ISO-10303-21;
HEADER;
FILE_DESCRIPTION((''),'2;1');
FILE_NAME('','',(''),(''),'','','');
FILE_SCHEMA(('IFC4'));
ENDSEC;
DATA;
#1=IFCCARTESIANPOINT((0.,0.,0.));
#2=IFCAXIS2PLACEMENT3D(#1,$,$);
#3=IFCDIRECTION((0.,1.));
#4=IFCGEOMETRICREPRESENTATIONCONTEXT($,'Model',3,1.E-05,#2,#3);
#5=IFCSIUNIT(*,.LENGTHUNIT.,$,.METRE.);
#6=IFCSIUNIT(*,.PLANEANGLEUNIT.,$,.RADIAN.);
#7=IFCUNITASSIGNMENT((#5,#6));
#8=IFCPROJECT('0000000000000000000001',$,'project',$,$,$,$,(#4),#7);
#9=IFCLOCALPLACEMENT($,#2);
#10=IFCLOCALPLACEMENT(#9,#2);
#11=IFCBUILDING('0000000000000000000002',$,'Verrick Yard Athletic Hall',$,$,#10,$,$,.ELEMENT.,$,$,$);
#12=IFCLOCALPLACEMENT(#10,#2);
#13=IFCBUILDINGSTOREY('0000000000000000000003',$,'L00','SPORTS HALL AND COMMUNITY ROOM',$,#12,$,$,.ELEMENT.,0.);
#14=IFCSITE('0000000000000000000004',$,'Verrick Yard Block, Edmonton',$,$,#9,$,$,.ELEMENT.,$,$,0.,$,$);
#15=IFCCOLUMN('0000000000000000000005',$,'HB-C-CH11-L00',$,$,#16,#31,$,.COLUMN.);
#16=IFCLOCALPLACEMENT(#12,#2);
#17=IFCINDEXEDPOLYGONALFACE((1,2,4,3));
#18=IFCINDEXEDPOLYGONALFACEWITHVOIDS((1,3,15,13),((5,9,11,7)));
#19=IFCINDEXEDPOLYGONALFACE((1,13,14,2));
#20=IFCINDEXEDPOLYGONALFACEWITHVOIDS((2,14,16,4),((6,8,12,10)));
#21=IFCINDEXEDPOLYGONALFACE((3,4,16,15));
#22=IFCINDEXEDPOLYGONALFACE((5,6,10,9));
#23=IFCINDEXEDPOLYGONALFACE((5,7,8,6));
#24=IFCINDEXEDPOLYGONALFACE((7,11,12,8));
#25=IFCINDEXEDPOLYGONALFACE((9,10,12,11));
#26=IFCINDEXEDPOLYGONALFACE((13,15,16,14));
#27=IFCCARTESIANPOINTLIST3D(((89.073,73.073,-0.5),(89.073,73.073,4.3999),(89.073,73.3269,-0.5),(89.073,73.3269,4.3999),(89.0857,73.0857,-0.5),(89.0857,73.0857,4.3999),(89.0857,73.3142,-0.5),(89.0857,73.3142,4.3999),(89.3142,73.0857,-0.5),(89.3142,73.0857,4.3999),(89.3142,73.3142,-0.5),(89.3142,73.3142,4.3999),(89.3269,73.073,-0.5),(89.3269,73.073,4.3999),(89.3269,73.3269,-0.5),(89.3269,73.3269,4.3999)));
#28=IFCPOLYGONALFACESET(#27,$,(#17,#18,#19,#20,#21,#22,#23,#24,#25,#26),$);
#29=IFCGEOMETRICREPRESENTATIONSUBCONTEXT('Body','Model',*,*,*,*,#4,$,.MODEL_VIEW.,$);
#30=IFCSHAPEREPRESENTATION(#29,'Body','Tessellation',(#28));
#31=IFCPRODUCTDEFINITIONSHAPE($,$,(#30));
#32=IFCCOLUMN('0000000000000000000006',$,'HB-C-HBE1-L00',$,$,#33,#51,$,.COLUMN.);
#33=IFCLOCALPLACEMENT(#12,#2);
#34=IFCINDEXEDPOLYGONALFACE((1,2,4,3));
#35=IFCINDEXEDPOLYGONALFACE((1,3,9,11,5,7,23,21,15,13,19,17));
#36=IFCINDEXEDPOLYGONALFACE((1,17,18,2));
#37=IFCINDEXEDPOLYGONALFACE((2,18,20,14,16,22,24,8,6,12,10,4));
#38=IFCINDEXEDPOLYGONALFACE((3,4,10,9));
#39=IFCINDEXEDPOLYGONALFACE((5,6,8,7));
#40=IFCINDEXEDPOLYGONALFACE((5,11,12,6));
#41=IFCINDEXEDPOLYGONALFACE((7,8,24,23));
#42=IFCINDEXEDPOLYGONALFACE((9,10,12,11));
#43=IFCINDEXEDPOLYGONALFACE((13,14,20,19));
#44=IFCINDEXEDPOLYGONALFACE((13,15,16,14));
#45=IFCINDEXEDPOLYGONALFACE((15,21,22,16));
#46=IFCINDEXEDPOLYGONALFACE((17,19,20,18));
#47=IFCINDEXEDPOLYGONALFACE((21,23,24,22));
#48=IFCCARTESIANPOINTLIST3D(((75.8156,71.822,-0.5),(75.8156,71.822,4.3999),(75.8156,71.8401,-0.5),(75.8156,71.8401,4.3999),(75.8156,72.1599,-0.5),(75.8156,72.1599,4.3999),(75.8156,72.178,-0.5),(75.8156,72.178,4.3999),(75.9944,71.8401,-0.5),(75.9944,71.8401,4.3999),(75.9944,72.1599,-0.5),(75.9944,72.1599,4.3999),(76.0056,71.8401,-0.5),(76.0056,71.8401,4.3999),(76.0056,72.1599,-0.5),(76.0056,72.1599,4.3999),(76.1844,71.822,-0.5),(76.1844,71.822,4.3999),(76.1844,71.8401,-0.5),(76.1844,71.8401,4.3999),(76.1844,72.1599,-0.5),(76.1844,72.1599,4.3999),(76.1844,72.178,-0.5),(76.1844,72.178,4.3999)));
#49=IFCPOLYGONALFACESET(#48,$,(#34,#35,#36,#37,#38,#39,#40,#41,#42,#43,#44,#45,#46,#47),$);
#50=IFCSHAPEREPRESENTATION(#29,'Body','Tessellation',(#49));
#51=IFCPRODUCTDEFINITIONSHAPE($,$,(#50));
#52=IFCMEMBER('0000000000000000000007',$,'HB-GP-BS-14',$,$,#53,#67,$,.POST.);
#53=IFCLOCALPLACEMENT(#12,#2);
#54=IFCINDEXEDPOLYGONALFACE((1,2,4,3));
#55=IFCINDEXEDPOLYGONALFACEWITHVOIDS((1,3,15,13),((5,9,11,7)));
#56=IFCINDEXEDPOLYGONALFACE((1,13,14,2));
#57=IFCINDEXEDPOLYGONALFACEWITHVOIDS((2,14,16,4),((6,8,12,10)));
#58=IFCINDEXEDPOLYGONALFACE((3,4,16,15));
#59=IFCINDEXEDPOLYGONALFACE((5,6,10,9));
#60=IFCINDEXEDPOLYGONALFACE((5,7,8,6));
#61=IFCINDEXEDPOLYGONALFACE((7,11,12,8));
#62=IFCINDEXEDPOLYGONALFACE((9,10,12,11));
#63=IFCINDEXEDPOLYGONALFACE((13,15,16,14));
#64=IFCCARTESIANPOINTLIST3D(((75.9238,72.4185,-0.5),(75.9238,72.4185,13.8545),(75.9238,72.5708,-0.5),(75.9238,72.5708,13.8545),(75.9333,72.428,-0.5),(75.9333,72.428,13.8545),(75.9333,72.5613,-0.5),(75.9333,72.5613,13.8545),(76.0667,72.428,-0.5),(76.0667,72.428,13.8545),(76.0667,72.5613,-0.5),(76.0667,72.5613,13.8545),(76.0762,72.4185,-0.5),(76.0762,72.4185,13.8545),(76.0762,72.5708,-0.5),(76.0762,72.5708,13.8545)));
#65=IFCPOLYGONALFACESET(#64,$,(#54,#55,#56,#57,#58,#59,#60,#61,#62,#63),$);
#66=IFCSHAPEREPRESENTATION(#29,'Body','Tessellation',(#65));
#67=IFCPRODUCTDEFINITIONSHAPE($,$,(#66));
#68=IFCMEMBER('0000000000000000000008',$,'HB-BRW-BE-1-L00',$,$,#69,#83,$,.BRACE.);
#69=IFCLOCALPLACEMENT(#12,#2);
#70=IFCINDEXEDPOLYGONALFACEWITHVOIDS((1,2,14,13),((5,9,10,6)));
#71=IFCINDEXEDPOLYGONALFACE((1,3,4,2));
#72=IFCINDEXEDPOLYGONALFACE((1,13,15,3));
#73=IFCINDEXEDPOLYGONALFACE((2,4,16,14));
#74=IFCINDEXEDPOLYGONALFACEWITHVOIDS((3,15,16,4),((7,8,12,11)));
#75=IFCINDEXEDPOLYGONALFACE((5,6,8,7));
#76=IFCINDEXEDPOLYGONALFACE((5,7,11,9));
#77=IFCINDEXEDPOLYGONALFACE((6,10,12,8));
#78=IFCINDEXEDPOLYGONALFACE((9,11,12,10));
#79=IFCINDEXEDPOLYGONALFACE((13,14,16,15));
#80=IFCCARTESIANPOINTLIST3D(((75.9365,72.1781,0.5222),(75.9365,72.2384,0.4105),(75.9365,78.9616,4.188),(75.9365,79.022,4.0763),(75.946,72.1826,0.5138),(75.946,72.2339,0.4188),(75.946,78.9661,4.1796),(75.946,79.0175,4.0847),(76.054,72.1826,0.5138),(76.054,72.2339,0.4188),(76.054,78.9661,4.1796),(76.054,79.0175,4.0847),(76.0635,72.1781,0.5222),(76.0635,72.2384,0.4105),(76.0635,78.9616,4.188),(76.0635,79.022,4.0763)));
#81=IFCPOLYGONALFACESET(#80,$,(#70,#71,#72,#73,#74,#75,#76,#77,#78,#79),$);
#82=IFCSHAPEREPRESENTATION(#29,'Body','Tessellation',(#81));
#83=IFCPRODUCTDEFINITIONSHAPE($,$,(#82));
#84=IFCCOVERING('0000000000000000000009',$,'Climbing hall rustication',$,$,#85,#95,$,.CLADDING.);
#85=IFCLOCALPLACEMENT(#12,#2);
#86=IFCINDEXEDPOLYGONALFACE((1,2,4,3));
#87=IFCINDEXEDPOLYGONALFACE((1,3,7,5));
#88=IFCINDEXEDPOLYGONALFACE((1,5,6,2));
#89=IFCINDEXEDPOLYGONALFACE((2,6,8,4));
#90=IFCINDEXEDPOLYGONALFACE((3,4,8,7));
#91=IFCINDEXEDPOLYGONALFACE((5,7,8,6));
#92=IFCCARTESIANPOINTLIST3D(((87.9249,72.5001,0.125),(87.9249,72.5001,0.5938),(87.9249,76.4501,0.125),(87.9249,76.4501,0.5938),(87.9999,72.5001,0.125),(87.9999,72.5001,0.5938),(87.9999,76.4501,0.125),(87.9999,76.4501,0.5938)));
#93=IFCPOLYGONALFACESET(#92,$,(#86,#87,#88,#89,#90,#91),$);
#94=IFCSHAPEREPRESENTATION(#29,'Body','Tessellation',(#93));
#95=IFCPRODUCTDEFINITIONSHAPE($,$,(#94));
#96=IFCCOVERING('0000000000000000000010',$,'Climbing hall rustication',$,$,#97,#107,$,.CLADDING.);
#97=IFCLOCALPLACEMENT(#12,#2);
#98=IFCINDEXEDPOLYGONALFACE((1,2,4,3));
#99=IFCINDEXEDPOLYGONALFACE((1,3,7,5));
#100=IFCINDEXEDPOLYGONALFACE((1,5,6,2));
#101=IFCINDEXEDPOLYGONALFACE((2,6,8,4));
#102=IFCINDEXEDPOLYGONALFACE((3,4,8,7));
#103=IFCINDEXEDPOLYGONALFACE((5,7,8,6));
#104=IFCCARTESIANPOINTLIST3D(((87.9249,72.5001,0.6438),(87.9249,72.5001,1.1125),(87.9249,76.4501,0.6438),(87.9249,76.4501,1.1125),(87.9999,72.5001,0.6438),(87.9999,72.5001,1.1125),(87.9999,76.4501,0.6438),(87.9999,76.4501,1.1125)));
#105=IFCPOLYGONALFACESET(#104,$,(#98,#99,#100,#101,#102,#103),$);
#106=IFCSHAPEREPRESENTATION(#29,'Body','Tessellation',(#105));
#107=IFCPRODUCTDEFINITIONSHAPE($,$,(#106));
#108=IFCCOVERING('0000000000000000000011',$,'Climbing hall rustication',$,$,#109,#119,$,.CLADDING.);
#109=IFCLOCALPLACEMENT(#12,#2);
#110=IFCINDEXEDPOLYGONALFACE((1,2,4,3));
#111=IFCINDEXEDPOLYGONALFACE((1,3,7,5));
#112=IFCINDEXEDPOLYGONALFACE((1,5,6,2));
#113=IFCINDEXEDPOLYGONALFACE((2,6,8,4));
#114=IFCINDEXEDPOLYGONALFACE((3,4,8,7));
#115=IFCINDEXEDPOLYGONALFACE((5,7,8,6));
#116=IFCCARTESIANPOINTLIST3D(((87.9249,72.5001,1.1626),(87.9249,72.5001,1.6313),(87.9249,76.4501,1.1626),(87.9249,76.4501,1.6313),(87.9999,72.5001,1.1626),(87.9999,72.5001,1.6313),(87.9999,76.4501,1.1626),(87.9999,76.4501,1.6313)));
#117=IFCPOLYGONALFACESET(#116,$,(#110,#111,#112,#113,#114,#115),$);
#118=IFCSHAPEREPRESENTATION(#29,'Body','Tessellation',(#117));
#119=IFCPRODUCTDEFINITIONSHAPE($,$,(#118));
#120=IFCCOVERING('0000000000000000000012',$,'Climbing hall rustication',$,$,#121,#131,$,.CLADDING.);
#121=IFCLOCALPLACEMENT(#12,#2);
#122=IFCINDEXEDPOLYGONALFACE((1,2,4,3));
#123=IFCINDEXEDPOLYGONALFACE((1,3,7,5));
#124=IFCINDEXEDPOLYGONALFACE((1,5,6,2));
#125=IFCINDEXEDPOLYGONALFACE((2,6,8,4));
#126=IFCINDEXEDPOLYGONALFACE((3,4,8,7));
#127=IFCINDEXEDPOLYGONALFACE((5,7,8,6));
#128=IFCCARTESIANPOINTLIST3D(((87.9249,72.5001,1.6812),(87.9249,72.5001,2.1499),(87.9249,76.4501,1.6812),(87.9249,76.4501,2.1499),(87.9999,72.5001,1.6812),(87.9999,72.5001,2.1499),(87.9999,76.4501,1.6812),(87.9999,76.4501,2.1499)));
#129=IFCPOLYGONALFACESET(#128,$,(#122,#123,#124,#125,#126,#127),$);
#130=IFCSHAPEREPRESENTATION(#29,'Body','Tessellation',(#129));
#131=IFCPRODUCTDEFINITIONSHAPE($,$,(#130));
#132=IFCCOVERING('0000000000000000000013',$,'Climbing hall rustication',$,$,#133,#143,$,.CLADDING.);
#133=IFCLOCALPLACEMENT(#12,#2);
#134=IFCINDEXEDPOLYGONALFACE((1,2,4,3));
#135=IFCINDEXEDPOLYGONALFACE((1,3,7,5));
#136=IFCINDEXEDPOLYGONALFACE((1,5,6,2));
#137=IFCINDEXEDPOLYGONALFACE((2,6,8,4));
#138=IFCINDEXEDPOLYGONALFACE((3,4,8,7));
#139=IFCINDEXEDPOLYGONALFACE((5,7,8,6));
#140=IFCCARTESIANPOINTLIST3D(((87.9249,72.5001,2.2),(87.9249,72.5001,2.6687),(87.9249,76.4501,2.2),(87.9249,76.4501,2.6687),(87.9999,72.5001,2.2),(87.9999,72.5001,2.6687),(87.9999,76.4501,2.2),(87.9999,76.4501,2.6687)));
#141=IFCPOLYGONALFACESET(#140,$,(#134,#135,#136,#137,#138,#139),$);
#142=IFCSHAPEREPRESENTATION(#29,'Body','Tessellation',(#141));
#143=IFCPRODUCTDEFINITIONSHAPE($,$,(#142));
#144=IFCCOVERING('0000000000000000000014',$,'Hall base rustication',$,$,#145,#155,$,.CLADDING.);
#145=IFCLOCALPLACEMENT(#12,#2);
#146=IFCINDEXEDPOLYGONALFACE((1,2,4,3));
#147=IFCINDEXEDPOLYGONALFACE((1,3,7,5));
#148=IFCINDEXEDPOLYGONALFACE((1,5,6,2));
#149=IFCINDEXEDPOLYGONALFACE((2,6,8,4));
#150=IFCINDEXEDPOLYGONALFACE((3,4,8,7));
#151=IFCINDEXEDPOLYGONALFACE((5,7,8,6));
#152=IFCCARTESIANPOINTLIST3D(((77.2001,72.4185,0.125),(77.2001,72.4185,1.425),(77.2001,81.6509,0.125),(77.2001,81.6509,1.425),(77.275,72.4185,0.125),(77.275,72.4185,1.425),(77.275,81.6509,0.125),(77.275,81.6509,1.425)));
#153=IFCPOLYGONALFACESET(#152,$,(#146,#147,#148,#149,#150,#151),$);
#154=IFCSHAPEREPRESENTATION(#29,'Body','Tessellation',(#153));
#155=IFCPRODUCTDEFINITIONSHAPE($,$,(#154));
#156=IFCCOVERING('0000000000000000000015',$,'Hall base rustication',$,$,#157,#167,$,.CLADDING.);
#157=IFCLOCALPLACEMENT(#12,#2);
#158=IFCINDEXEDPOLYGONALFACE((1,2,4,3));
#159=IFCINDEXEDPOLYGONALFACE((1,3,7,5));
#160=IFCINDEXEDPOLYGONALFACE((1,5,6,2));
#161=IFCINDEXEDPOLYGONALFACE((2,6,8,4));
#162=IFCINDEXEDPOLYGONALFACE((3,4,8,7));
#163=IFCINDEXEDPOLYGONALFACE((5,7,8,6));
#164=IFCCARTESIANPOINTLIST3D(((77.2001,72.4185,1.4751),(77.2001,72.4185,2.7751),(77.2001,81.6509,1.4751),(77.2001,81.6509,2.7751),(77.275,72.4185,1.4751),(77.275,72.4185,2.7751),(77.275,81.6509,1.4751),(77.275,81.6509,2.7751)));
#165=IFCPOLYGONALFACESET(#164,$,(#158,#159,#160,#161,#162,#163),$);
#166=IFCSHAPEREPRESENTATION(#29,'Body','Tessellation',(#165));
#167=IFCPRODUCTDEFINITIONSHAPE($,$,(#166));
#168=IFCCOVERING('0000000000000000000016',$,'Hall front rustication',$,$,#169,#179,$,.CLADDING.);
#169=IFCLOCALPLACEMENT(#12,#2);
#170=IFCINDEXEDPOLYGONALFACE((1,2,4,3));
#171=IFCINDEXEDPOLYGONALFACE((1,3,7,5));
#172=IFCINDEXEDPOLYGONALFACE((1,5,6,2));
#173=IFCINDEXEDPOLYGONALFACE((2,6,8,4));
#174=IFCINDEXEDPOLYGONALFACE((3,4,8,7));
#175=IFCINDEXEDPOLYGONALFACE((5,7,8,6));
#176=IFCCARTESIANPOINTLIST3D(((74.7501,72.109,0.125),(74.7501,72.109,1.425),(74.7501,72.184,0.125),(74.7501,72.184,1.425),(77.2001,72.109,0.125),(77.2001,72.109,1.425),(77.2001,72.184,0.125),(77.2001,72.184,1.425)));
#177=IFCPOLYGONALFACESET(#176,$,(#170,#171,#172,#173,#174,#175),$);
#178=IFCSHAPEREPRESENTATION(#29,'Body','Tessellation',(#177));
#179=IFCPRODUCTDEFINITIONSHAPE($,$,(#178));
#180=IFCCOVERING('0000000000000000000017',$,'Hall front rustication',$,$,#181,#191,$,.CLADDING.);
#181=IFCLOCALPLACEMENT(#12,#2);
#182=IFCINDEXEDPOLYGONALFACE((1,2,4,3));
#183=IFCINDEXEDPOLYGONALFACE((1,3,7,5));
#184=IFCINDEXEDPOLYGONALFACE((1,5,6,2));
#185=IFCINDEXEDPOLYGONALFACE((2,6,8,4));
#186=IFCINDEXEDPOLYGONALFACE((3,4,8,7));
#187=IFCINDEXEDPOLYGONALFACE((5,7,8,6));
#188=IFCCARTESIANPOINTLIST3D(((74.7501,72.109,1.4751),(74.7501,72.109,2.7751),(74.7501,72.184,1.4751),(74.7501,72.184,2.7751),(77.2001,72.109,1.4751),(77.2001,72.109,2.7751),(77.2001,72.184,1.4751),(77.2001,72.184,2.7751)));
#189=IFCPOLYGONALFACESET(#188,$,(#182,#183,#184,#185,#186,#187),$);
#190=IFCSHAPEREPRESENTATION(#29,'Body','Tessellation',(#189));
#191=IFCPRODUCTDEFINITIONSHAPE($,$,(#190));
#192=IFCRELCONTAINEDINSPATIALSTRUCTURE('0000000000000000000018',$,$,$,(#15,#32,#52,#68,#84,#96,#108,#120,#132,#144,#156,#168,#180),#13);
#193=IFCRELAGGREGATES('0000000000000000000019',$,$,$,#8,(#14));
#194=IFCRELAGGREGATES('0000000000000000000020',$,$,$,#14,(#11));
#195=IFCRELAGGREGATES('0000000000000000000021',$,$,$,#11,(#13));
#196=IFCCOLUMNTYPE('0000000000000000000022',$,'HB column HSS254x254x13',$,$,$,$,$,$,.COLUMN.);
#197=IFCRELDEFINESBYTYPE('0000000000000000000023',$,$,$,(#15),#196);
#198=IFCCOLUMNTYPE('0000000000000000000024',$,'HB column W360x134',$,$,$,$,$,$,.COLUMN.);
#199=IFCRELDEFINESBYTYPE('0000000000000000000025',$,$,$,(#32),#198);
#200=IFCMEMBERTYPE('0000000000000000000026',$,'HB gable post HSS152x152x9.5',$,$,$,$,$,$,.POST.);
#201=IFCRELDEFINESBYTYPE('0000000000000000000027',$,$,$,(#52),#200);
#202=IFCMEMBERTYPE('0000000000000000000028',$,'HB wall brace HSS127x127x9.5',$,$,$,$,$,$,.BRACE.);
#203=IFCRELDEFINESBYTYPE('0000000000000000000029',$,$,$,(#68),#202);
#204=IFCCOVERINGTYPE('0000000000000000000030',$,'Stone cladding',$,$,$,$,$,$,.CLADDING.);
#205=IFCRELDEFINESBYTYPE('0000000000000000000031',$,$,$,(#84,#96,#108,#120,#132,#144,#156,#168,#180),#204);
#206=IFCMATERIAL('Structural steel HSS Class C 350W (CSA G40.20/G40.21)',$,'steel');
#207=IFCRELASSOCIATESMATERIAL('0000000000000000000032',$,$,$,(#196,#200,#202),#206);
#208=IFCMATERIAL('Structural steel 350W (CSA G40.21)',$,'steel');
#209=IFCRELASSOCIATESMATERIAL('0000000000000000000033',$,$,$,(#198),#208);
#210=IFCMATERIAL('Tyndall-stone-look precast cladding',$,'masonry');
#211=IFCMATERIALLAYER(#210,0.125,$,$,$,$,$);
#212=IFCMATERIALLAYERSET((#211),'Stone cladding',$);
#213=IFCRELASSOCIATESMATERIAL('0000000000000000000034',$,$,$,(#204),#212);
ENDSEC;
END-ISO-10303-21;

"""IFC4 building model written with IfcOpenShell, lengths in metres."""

from ifc_helpers import new_model, si_unit, direction, frame, origin, origin_2d, place, context, subcontext, project, spatial, rectangle, hollow_rectangle, i_section, extrude, material, layer, layer_set, material_profile, profile_set, type_object, element, save


model = new_model("IFC4")

# Units and contexts
model_context = context("Model", 3, precision=1e-05, world=origin(), true_north=direction((0.0, 1.0)))
body_context = subcontext(model_context, "Body", "Model", "MODEL_VIEW")
ifc_project = project(units=[si_unit("LENGTHUNIT", "METRE"), si_unit("PLANEANGLEUNIT", "RADIAN")], contexts=[model_context])

# Site, building, storey
site_placement = place(None, origin())
site = spatial("IfcSite", under=ifc_project, at=site_placement, Name="Verrick Yard Block, Edmonton", CompositionType="ELEMENT", RefElevation=0.0)
building_placement = place(site_placement, origin())
building = spatial("IfcBuilding", under=site, at=building_placement, Name="Verrick Yard Athletic Hall", CompositionType="ELEMENT")
storey_placement = place(building_placement, origin())
storey = spatial("IfcBuildingStorey", under=building, at=storey_placement, Name="L00", Description="SPORTS HALL AND COMMUNITY ROOM", CompositionType="ELEMENT", Elevation=0.0)

# Columns
ifc_material_1 = material(Name="Structural steel HSS Class C 350W (CSA G40.20/G40.21)", Category="steel")
ifc_material_profile_1 = material_profile(ifc_material_1, hollow_rectangle(XDim=0.2539, YDim=0.2539, WallThickness=0.0127, at=origin_2d()), Name="HSS254x254x13")
ifc_profile_set_1 = profile_set([ifc_material_profile_1], Name="Structural steel HSS Class C 350W (CSA G40.20/G40.21)")
column_type_1 = type_object("IfcColumnType", Name="HB column HSS254x254x13", PredefinedType="COLUMN", material=ifc_profile_set_1)
column_1_placement = place(storey_placement, frame((89.2, 73.2, -0.5), z_axis=(0.0, 0.0, 1.0), x_axis=(1.0, 0.0, 0.0)))
element("IfcColumn", 1, at=column_1_placement, inside=storey, type_object=column_type_1, Name="HB-C-CH11-L00", PredefinedType="COLUMN", context=body_context, shape_type="SweptSolid", body=[
    extrude(hollow_rectangle(XDim=0.2539, YDim=0.2539, WallThickness=0.0127, at=origin_2d()), origin(), (0.0, 0.0, 1.0), 4.8999),
])
ifc_material_2 = material(Name="Structural steel 350W (CSA G40.21)", Category="steel")
ifc_material_profile_2 = material_profile(ifc_material_2, i_section(OverallWidth=0.3689, OverallDepth=0.356, WebThickness=0.0112, FlangeThickness=0.0181, at=origin_2d()), Name="W360x134")
ifc_profile_set_2 = profile_set([ifc_material_profile_2], Name="Structural steel 350W (CSA G40.21)")
column_type_2 = type_object("IfcColumnType", Name="HB column W360x134", PredefinedType="COLUMN", material=ifc_profile_set_2)
column_2_placement = place(storey_placement, frame((76.0, 72.0, -0.5), z_axis=(0.0, 0.0, 1.0), x_axis=(1.0, 0.0, 0.0)))
element("IfcColumn", 2, at=column_2_placement, inside=storey, type_object=column_type_2, Name="HB-C-HBE1-L00", PredefinedType="COLUMN", context=body_context, shape_type="SweptSolid", body=[
    extrude(i_section(OverallWidth=0.3689, OverallDepth=0.356, WebThickness=0.0112, FlangeThickness=0.0181, at=origin_2d()), origin(), (0.0, 0.0, 1.0), 4.8999),
])

# Members
ifc_material_profile_3 = material_profile(ifc_material_1, hollow_rectangle(XDim=0.1523, YDim=0.1523, WallThickness=0.0095, at=origin_2d()), Name="HSS152x152x9.5")
ifc_profile_set_3 = profile_set([ifc_material_profile_3], Name="Structural steel HSS Class C 350W (CSA G40.20/G40.21)")
member_type_1 = type_object("IfcMemberType", Name="HB gable post HSS152x152x9.5", PredefinedType="POST", material=ifc_profile_set_3)
member_1_placement = place(storey_placement, frame((76.0, 72.4946, -0.5), z_axis=(0.0, 0.0, 1.0), x_axis=(1.0, 0.0, 0.0)))
element("IfcMember", 3, at=member_1_placement, inside=storey, type_object=member_type_1, Name="HB-GP-BS-14", PredefinedType="POST", context=body_context, shape_type="SweptSolid", body=[
    extrude(hollow_rectangle(XDim=0.1523, YDim=0.1523, WallThickness=0.0095, at=origin_2d()), origin(), (0.0, 0.0, 1.0), 14.3545),
])
ifc_material_profile_4 = material_profile(ifc_material_1, hollow_rectangle(XDim=0.127, YDim=0.127, WallThickness=0.0095, at=origin_2d()), Name="HSS127x127x9.5")
ifc_profile_set_4 = profile_set([ifc_material_profile_4], Name="Structural steel HSS Class C 350W (CSA G40.20/G40.21)")
member_type_2 = type_object("IfcMemberType", Name="HB wall brace HSS127x127x9.5", PredefinedType="BRACE", material=ifc_profile_set_4)
member_2_placement = place(storey_placement, frame((76.0, 72.2083, 0.4663), z_axis=(0.0, 0.879758, 0.475421), x_axis=(-1.0, 0.0, 0.0)))
element("IfcMember", 4, at=member_2_placement, inside=storey, type_object=member_type_2, Name="HB-BRW-BE-1-L00", PredefinedType="BRACE", context=body_context, shape_type="SweptSolid", body=[
    extrude(hollow_rectangle(XDim=0.127, YDim=0.127, WallThickness=0.0095, at=origin_2d()), origin(), (0.0, 0.0, 1.0), 7.7107),
])

# Shared definitions
ifc_material_3 = material(Name="Tyndall-stone-look precast cladding", Category="masonry")

# Coverings
ifc_layer_1 = layer(ifc_material_3, 0.125)
ifc_layer_set_1 = layer_set([ifc_layer_1], Name="Stone cladding")
covering_type = type_object("IfcCoveringType", Name="Stone cladding", PredefinedType="CLADDING", material=ifc_layer_set_1)
for number, where, z_axis, x_axis, name in (
    (5, (87.9624, 74.4751, 0.125), (0.0, 0.0, 1.0), (0.0, 1.0, 0.0), "Climbing hall rustication"),
    (6, (87.9624, 74.4751, 0.6438), (0.0, 0.0, 1.0), (0.0, 1.0, 0.0), "Climbing hall rustication"),
    (7, (87.9624, 74.4751, 1.1626), (0.0, 0.0, 1.0), (0.0, 1.0, 0.0), "Climbing hall rustication"),
    (8, (87.9624, 74.4751, 1.6812), (0.0, 0.0, 1.0), (0.0, 1.0, 0.0), "Climbing hall rustication"),
    (9, (87.9624, 74.4751, 2.2), (0.0, 0.0, 1.0), (0.0, 1.0, 0.0), "Climbing hall rustication"),
):
    element("IfcCovering", number, at=place(storey_placement, frame(where, z_axis=z_axis, x_axis=x_axis)), inside=storey, type_object=covering_type, Name=name, PredefinedType="CLADDING", context=body_context, shape_type="SweptSolid", body=[
        extrude(rectangle(XDim=3.95, YDim=0.075, at=origin_2d()), origin(), (0.0, 0.0, 1.0), 0.4688),
    ])
for number, where, z_axis, x_axis, name in (
    (10, (77.2375, 77.0347, 0.125), (0.0, 0.0, 1.0), (0.0, 1.0, 0.0), "Hall base rustication"),
    (11, (77.2375, 77.0347, 1.4751), (0.0, 0.0, 1.0), (0.0, 1.0, 0.0), "Hall base rustication"),
):
    element("IfcCovering", number, at=place(storey_placement, frame(where, z_axis=z_axis, x_axis=x_axis)), inside=storey, type_object=covering_type, Name=name, PredefinedType="CLADDING", context=body_context, shape_type="SweptSolid", body=[
        extrude(rectangle(XDim=9.2324, YDim=0.075, at=origin_2d()), origin(), (0.0, 0.0, 1.0), 1.3),
    ])
for number, where, z_axis, x_axis, name in (
    (12, (75.9751, 72.1465, 0.125), (0.0, 0.0, 1.0), (1.0, 0.0, 0.0), "Hall front rustication"),
    (13, (75.9751, 72.1465, 1.4751), (0.0, 0.0, 1.0), (1.0, 0.0, 0.0), "Hall front rustication"),
):
    element("IfcCovering", number, at=place(storey_placement, frame(where, z_axis=z_axis, x_axis=x_axis)), inside=storey, type_object=covering_type, Name=name, PredefinedType="CLADDING", context=body_context, shape_type="SweptSolid", body=[
        extrude(rectangle(XDim=2.45, YDim=0.075, at=origin_2d()), origin(), (0.0, 0.0, 1.0), 1.3),
    ])

save(model, "model.ifc")
